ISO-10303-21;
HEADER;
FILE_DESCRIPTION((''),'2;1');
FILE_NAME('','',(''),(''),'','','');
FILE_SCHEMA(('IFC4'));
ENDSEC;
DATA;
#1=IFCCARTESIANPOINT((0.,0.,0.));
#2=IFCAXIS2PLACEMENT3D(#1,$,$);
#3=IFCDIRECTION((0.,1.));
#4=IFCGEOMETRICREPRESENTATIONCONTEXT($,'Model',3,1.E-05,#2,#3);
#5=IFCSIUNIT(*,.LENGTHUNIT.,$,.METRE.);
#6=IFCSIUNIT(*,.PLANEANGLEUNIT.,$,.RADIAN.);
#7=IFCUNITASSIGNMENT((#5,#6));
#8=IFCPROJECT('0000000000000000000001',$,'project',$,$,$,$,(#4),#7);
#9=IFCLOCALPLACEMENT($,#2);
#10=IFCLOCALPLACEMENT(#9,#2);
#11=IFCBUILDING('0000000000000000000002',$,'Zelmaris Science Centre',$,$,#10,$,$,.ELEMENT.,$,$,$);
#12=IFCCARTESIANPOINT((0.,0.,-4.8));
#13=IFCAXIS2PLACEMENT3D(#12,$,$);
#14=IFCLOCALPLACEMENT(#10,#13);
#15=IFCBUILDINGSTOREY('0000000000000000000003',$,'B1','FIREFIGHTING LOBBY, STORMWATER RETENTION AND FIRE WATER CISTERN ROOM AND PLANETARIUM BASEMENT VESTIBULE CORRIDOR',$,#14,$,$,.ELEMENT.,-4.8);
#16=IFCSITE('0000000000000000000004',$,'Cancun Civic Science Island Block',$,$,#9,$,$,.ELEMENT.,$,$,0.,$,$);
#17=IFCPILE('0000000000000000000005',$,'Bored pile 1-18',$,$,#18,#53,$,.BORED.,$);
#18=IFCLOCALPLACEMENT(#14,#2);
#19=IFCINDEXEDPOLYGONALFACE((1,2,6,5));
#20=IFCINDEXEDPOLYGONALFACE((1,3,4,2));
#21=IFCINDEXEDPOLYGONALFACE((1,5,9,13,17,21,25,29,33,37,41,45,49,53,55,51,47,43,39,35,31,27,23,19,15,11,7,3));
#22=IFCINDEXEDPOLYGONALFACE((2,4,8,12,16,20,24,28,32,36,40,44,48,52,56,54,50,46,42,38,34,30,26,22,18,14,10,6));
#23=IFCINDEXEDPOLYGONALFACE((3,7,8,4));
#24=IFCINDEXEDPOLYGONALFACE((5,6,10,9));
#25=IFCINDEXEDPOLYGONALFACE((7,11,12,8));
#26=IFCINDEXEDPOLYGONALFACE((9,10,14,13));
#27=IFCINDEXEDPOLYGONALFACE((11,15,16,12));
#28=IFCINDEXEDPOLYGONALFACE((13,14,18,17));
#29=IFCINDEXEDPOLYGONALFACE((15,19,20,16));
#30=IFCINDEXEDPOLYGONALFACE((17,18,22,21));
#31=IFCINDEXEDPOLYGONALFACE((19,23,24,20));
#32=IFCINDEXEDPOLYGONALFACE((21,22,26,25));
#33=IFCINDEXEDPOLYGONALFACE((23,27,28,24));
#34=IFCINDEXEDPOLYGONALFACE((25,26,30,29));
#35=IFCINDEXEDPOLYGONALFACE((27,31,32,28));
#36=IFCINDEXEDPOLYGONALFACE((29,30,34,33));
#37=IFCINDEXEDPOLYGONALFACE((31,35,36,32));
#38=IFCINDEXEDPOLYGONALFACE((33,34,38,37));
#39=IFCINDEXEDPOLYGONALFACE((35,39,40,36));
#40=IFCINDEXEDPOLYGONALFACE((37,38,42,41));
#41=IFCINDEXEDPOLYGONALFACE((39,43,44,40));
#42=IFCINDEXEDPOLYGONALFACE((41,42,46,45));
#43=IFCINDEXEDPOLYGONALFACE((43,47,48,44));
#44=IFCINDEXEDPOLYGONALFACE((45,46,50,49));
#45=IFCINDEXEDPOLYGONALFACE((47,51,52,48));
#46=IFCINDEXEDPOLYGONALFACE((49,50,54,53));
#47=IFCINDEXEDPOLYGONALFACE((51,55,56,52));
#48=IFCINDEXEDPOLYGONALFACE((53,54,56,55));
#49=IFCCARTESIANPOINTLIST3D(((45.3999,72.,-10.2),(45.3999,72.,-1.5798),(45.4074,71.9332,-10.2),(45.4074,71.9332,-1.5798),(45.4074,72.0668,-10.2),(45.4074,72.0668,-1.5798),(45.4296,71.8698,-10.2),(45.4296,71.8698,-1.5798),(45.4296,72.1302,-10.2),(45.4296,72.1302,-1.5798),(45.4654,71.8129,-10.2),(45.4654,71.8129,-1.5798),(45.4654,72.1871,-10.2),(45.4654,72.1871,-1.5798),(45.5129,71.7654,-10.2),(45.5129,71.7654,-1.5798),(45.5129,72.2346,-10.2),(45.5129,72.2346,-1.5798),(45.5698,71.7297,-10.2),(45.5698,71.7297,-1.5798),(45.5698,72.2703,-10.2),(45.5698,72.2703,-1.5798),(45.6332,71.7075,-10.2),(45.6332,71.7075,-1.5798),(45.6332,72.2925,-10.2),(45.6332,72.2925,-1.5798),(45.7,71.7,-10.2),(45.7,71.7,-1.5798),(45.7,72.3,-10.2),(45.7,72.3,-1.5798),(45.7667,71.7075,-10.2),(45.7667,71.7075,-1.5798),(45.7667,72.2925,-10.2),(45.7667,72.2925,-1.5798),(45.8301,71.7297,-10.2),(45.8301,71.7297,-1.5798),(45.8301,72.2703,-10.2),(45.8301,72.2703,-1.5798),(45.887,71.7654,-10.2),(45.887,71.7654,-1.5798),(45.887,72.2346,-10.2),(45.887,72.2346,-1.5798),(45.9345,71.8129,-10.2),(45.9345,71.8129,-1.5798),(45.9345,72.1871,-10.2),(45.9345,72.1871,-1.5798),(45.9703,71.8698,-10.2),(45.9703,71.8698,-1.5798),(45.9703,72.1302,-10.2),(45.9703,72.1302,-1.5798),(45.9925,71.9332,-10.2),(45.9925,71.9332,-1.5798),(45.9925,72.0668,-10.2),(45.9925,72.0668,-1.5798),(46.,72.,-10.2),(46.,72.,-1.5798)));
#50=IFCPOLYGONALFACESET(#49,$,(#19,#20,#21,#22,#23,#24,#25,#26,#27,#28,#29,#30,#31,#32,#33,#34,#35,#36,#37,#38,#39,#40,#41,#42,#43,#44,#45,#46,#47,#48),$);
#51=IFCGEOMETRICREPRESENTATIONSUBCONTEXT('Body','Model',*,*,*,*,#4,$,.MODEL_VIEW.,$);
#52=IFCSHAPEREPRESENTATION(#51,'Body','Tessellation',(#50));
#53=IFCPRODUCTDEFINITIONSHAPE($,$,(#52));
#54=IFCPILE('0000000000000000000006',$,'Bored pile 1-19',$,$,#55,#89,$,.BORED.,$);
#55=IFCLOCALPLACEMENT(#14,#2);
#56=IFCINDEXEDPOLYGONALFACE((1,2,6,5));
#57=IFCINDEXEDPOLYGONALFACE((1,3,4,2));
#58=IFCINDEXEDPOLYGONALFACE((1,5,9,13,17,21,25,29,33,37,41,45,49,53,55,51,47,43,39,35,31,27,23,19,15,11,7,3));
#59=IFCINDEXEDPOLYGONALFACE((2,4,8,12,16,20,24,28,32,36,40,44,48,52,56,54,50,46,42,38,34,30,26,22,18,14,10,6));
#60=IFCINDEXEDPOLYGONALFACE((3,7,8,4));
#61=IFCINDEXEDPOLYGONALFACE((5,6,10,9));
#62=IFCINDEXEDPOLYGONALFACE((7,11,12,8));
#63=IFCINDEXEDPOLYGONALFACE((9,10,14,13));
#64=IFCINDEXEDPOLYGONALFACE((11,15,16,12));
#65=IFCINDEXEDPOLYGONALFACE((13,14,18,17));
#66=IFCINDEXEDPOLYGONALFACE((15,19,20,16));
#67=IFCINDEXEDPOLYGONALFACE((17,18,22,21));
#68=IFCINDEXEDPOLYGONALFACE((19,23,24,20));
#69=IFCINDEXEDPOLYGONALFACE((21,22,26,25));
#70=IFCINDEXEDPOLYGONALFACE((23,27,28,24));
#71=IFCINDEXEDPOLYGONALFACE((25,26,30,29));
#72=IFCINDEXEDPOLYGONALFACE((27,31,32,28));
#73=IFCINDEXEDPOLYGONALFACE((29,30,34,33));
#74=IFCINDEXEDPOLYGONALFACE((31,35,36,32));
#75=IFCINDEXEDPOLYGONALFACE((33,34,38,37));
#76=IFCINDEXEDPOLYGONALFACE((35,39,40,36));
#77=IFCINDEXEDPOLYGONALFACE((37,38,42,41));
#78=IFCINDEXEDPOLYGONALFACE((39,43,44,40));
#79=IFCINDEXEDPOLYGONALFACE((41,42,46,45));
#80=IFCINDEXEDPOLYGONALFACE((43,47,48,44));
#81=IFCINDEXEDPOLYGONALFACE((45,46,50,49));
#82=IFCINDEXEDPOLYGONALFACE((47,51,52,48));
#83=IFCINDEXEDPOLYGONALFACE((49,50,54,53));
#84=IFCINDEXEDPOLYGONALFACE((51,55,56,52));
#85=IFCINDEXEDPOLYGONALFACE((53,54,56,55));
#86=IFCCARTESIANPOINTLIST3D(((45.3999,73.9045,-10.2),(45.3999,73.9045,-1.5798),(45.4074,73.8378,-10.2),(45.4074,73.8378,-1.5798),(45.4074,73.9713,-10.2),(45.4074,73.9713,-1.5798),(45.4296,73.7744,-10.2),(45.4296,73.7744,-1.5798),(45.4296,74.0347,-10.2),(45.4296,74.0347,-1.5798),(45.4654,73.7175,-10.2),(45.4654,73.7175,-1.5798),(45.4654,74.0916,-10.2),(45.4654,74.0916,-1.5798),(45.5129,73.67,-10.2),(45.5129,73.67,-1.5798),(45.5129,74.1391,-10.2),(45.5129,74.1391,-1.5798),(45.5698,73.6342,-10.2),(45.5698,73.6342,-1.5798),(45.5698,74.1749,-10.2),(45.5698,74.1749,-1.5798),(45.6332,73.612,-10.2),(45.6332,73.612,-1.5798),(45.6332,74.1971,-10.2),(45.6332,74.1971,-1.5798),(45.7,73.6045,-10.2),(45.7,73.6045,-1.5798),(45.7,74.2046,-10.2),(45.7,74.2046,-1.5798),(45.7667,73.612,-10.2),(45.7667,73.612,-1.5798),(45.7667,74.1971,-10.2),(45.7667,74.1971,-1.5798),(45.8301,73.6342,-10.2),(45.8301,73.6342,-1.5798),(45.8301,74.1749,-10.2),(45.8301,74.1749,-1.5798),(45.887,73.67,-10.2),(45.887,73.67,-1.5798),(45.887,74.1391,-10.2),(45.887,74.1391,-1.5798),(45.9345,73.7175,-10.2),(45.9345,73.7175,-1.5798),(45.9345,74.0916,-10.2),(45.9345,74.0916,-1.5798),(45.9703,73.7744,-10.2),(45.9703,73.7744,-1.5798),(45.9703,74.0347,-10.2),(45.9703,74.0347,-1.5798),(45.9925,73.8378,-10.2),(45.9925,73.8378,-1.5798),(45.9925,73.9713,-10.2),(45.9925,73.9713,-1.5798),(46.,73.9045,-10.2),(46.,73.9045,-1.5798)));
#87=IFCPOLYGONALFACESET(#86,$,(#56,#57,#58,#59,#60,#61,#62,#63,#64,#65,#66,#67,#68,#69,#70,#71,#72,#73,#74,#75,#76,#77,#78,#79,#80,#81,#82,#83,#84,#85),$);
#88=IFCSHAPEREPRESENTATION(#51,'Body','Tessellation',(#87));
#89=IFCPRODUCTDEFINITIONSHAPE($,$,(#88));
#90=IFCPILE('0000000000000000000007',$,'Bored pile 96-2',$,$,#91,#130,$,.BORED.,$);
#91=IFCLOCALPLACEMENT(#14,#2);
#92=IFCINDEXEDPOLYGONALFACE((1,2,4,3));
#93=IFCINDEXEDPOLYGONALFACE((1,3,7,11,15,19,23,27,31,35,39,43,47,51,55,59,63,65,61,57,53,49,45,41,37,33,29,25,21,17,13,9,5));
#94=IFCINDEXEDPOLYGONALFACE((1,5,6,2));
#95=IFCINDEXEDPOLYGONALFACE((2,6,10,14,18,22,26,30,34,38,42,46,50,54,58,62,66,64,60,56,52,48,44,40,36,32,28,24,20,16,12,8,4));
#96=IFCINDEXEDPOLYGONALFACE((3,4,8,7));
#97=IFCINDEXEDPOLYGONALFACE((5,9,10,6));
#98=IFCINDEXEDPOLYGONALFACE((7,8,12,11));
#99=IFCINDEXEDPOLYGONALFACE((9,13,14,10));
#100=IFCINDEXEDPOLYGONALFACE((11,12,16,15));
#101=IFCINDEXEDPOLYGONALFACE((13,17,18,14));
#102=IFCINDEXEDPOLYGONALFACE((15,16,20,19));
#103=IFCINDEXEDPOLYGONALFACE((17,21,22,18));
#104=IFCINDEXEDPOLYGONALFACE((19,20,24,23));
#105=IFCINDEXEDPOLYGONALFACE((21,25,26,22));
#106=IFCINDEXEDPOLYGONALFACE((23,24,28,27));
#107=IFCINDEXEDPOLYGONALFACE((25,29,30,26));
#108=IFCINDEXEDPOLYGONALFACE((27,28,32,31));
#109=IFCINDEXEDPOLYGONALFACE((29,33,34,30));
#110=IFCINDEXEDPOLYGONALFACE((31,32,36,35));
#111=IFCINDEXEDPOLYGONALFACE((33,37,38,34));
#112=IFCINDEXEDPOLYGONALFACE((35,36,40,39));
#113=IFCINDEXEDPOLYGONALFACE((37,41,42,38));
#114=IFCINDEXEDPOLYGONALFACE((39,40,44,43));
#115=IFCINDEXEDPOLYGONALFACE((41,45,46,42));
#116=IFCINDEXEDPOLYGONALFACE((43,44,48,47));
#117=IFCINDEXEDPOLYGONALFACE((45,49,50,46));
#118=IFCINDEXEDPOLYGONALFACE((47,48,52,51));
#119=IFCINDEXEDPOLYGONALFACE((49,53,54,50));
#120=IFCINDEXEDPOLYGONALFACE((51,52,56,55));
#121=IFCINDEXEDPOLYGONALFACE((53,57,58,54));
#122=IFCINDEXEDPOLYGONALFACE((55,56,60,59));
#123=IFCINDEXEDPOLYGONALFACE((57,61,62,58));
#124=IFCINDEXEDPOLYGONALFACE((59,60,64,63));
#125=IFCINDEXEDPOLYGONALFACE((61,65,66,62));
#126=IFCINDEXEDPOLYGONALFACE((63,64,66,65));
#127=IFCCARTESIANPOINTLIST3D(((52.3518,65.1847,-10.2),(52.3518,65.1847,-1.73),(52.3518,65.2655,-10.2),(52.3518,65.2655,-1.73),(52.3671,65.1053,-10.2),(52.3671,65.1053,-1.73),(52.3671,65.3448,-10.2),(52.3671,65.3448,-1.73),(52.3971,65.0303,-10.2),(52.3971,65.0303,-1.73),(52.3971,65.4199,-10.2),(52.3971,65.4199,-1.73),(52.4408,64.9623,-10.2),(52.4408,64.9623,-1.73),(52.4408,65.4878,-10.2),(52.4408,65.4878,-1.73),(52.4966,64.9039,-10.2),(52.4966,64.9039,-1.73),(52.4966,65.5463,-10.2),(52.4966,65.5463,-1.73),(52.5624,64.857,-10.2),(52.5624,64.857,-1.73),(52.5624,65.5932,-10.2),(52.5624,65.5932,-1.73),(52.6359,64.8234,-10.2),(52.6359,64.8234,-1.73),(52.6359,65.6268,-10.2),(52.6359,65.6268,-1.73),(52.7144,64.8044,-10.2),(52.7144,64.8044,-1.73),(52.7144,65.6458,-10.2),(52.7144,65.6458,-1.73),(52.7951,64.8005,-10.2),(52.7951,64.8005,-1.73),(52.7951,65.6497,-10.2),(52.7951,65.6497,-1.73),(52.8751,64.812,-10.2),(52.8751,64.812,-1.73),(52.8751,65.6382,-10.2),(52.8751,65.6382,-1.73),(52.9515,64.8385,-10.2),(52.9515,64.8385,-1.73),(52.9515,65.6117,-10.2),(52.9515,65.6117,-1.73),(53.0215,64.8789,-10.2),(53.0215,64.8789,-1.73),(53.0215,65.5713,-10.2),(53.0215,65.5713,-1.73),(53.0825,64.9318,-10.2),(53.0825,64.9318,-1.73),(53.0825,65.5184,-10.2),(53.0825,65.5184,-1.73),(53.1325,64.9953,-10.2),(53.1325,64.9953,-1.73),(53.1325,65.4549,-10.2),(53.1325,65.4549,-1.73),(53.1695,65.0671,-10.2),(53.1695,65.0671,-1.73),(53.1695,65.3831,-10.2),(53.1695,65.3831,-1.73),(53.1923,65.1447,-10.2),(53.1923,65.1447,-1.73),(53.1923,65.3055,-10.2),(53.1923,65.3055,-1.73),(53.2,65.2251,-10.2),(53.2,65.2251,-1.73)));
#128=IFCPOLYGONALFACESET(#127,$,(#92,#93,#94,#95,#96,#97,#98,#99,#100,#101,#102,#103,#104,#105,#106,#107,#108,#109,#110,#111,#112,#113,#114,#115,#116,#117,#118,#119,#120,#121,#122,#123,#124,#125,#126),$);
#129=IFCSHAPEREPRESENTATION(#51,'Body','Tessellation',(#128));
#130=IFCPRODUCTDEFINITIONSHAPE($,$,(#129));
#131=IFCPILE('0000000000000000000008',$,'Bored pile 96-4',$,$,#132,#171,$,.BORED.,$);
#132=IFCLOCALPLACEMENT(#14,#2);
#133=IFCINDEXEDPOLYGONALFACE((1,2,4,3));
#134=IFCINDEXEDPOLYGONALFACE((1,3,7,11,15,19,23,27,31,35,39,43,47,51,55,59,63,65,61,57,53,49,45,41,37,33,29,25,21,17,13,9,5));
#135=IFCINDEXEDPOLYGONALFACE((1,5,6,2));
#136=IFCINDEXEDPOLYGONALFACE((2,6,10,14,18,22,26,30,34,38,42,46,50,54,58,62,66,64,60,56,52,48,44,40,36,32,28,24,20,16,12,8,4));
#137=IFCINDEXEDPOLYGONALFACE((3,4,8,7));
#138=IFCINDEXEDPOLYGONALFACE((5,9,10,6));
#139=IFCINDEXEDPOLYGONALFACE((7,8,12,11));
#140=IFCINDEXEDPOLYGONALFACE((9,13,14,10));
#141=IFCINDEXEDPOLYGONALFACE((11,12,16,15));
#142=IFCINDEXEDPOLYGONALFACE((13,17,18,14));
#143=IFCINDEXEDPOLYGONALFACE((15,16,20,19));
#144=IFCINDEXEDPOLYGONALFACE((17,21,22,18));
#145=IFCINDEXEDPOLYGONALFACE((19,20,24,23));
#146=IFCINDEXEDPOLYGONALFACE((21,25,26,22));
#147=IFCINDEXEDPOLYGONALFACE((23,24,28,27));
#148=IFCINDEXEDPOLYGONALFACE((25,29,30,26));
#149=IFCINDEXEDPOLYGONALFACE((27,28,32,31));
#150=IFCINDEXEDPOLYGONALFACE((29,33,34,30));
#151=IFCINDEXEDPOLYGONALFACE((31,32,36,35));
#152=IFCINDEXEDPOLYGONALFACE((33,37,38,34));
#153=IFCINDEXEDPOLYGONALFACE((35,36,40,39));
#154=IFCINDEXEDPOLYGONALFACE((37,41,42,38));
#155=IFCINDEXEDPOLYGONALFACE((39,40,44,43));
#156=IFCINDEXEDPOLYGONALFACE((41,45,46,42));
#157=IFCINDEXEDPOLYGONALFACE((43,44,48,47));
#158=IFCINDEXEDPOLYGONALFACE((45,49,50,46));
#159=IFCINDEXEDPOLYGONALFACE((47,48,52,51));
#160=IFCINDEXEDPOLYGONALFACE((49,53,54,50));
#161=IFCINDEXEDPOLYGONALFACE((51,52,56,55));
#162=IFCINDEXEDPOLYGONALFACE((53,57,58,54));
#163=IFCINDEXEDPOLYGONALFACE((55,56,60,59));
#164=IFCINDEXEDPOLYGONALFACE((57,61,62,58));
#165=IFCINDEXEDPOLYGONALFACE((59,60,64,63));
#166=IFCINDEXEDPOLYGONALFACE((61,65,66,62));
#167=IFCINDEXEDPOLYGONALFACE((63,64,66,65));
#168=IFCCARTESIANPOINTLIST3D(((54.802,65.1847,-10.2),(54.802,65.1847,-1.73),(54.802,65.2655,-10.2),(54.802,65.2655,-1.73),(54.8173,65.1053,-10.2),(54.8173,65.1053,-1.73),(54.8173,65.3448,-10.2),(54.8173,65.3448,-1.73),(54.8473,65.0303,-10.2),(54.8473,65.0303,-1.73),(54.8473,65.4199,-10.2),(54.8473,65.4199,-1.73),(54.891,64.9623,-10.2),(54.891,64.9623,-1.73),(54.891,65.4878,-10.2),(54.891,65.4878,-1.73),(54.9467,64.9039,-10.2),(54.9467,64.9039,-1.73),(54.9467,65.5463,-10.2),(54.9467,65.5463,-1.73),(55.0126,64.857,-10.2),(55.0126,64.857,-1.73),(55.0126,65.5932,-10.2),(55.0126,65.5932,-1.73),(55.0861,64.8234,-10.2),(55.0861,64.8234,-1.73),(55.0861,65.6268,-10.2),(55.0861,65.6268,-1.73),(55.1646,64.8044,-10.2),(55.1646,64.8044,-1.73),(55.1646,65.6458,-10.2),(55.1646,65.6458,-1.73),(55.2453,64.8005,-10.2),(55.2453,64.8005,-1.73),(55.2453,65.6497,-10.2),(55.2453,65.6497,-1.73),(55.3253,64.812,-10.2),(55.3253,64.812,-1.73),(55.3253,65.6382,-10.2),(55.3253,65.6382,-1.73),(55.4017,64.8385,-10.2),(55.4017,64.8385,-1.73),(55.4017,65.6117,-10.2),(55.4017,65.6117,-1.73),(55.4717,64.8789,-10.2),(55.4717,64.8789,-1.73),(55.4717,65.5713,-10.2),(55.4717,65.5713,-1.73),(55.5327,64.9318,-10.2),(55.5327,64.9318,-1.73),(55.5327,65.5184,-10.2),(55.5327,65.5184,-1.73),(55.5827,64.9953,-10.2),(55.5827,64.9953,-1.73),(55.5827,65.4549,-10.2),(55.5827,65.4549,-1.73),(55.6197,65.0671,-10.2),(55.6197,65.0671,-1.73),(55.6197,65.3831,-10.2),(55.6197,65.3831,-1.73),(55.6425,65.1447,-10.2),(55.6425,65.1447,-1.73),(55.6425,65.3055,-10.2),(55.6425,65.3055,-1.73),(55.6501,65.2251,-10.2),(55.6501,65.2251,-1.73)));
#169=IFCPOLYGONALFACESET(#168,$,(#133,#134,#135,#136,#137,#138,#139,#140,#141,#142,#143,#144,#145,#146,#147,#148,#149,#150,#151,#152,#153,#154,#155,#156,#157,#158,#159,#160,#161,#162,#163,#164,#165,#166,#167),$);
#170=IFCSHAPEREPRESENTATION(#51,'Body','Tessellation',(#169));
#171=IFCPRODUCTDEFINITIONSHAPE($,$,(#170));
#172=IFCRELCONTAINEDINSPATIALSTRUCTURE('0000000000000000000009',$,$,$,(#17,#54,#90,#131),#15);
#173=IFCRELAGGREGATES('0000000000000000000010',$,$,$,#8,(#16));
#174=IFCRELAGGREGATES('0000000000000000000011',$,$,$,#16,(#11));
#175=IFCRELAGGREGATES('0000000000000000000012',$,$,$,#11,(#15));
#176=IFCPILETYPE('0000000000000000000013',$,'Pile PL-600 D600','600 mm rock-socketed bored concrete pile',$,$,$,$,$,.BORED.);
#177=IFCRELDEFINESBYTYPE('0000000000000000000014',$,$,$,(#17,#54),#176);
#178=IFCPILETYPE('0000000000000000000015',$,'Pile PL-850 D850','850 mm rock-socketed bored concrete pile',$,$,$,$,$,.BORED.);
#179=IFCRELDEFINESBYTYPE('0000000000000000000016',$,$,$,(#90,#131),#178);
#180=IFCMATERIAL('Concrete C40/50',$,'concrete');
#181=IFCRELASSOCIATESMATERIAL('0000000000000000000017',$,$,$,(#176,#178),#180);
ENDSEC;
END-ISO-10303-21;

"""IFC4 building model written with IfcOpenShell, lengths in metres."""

from ifc_helpers import new_model, si_unit, direction, frame, origin, origin_2d, place, context, subcontext, project, spatial, circle, extrude, material, material_profile, profile_set, type_object, element, save


model = new_model("IFC4")

# Units and contexts
model_context = context("Model", 3, precision=1e-05, world=origin(), true_north=direction((0.0, 1.0)))
body_context = subcontext(model_context, "Body", "Model", "MODEL_VIEW")
ifc_project = project(units=[si_unit("LENGTHUNIT", "METRE"), si_unit("PLANEANGLEUNIT", "RADIAN")], contexts=[model_context])

# Site, building, storey
site_placement = place(None, origin())
site = spatial("IfcSite", under=ifc_project, at=site_placement, Name="Cancun Civic Science Island Block", CompositionType="ELEMENT", RefElevation=0.0)
building_placement = place(site_placement, origin())
building = spatial("IfcBuilding", under=site, at=building_placement, Name="Zelmaris Science Centre", CompositionType="ELEMENT")
storey_placement = place(building_placement, frame((0.0, 0.0, -4.8)))
storey = spatial("IfcBuildingStorey", under=building, at=storey_placement, Name="B1", Description="FIREFIGHTING LOBBY, STORMWATER RETENTION AND FIRE WATER CISTERN ROOM AND PLANETARIUM BASEMENT VESTIBULE CORRIDOR", CompositionType="ELEMENT", Elevation=-4.8)

# Shared definitions
ifc_material_1 = material(Name="Concrete C40/50", Category="concrete")

# Piles
ifc_material_profile_1 = material_profile(ifc_material_1, circle(Radius=0.3, at=origin_2d()), Name="PILE-600")
ifc_profile_set_1 = profile_set([ifc_material_profile_1], Name="Concrete C40/50")
pile_type_1 = type_object("IfcPileType", Name="Pile PL-600 D600", Description="600 mm rock-socketed bored concrete pile", PredefinedType="BORED", material=ifc_profile_set_1)
for number, where, z_axis, x_axis, name in (
    (1, (45.7, 72.0, -1.5798), (0.0, 0.0, -1.0), (1.0, 0.0, 0.0), "Bored pile 1-18"),
    (2, (45.7, 73.9045, -1.5798), (0.0, 0.0, -1.0), (1.0, 0.0, 0.0), "Bored pile 1-19"),
):
    element("IfcPile", number, at=place(storey_placement, frame(where, z_axis=z_axis, x_axis=x_axis)), inside=storey, type_object=pile_type_1, Name=name, PredefinedType="BORED", context=body_context, shape_type="SweptSolid", body=[
        extrude(circle(Radius=0.3, at=origin_2d()), origin(), (0.0, 0.0, 1.0), 8.6201),
    ])
ifc_material_profile_2 = material_profile(ifc_material_1, circle(Radius=0.425, at=origin_2d()), Name="PILE-850")
ifc_profile_set_2 = profile_set([ifc_material_profile_2], Name="Concrete C40/50")
pile_type_2 = type_object("IfcPileType", Name="Pile PL-850 D850", Description="850 mm rock-socketed bored concrete pile", PredefinedType="BORED", material=ifc_profile_set_2)
for number, where, z_axis, x_axis, name in (
    (3, (52.7749, 65.2251, -1.73), (0.0, 0.0, -1.0), (1.0, 0.0, 0.0), "Bored pile 96-2"),
    (4, (55.2251, 65.2251, -1.73), (0.0, 0.0, -1.0), (1.0, 0.0, 0.0), "Bored pile 96-4"),
):
    element("IfcPile", number, at=place(storey_placement, frame(where, z_axis=z_axis, x_axis=x_axis)), inside=storey, type_object=pile_type_2, Name=name, PredefinedType="BORED", context=body_context, shape_type="SweptSolid", body=[
        extrude(circle(Radius=0.425, at=origin_2d()), origin(), (0.0, 0.0, 1.0), 8.47),
    ])

save(model, "model.ifc")
